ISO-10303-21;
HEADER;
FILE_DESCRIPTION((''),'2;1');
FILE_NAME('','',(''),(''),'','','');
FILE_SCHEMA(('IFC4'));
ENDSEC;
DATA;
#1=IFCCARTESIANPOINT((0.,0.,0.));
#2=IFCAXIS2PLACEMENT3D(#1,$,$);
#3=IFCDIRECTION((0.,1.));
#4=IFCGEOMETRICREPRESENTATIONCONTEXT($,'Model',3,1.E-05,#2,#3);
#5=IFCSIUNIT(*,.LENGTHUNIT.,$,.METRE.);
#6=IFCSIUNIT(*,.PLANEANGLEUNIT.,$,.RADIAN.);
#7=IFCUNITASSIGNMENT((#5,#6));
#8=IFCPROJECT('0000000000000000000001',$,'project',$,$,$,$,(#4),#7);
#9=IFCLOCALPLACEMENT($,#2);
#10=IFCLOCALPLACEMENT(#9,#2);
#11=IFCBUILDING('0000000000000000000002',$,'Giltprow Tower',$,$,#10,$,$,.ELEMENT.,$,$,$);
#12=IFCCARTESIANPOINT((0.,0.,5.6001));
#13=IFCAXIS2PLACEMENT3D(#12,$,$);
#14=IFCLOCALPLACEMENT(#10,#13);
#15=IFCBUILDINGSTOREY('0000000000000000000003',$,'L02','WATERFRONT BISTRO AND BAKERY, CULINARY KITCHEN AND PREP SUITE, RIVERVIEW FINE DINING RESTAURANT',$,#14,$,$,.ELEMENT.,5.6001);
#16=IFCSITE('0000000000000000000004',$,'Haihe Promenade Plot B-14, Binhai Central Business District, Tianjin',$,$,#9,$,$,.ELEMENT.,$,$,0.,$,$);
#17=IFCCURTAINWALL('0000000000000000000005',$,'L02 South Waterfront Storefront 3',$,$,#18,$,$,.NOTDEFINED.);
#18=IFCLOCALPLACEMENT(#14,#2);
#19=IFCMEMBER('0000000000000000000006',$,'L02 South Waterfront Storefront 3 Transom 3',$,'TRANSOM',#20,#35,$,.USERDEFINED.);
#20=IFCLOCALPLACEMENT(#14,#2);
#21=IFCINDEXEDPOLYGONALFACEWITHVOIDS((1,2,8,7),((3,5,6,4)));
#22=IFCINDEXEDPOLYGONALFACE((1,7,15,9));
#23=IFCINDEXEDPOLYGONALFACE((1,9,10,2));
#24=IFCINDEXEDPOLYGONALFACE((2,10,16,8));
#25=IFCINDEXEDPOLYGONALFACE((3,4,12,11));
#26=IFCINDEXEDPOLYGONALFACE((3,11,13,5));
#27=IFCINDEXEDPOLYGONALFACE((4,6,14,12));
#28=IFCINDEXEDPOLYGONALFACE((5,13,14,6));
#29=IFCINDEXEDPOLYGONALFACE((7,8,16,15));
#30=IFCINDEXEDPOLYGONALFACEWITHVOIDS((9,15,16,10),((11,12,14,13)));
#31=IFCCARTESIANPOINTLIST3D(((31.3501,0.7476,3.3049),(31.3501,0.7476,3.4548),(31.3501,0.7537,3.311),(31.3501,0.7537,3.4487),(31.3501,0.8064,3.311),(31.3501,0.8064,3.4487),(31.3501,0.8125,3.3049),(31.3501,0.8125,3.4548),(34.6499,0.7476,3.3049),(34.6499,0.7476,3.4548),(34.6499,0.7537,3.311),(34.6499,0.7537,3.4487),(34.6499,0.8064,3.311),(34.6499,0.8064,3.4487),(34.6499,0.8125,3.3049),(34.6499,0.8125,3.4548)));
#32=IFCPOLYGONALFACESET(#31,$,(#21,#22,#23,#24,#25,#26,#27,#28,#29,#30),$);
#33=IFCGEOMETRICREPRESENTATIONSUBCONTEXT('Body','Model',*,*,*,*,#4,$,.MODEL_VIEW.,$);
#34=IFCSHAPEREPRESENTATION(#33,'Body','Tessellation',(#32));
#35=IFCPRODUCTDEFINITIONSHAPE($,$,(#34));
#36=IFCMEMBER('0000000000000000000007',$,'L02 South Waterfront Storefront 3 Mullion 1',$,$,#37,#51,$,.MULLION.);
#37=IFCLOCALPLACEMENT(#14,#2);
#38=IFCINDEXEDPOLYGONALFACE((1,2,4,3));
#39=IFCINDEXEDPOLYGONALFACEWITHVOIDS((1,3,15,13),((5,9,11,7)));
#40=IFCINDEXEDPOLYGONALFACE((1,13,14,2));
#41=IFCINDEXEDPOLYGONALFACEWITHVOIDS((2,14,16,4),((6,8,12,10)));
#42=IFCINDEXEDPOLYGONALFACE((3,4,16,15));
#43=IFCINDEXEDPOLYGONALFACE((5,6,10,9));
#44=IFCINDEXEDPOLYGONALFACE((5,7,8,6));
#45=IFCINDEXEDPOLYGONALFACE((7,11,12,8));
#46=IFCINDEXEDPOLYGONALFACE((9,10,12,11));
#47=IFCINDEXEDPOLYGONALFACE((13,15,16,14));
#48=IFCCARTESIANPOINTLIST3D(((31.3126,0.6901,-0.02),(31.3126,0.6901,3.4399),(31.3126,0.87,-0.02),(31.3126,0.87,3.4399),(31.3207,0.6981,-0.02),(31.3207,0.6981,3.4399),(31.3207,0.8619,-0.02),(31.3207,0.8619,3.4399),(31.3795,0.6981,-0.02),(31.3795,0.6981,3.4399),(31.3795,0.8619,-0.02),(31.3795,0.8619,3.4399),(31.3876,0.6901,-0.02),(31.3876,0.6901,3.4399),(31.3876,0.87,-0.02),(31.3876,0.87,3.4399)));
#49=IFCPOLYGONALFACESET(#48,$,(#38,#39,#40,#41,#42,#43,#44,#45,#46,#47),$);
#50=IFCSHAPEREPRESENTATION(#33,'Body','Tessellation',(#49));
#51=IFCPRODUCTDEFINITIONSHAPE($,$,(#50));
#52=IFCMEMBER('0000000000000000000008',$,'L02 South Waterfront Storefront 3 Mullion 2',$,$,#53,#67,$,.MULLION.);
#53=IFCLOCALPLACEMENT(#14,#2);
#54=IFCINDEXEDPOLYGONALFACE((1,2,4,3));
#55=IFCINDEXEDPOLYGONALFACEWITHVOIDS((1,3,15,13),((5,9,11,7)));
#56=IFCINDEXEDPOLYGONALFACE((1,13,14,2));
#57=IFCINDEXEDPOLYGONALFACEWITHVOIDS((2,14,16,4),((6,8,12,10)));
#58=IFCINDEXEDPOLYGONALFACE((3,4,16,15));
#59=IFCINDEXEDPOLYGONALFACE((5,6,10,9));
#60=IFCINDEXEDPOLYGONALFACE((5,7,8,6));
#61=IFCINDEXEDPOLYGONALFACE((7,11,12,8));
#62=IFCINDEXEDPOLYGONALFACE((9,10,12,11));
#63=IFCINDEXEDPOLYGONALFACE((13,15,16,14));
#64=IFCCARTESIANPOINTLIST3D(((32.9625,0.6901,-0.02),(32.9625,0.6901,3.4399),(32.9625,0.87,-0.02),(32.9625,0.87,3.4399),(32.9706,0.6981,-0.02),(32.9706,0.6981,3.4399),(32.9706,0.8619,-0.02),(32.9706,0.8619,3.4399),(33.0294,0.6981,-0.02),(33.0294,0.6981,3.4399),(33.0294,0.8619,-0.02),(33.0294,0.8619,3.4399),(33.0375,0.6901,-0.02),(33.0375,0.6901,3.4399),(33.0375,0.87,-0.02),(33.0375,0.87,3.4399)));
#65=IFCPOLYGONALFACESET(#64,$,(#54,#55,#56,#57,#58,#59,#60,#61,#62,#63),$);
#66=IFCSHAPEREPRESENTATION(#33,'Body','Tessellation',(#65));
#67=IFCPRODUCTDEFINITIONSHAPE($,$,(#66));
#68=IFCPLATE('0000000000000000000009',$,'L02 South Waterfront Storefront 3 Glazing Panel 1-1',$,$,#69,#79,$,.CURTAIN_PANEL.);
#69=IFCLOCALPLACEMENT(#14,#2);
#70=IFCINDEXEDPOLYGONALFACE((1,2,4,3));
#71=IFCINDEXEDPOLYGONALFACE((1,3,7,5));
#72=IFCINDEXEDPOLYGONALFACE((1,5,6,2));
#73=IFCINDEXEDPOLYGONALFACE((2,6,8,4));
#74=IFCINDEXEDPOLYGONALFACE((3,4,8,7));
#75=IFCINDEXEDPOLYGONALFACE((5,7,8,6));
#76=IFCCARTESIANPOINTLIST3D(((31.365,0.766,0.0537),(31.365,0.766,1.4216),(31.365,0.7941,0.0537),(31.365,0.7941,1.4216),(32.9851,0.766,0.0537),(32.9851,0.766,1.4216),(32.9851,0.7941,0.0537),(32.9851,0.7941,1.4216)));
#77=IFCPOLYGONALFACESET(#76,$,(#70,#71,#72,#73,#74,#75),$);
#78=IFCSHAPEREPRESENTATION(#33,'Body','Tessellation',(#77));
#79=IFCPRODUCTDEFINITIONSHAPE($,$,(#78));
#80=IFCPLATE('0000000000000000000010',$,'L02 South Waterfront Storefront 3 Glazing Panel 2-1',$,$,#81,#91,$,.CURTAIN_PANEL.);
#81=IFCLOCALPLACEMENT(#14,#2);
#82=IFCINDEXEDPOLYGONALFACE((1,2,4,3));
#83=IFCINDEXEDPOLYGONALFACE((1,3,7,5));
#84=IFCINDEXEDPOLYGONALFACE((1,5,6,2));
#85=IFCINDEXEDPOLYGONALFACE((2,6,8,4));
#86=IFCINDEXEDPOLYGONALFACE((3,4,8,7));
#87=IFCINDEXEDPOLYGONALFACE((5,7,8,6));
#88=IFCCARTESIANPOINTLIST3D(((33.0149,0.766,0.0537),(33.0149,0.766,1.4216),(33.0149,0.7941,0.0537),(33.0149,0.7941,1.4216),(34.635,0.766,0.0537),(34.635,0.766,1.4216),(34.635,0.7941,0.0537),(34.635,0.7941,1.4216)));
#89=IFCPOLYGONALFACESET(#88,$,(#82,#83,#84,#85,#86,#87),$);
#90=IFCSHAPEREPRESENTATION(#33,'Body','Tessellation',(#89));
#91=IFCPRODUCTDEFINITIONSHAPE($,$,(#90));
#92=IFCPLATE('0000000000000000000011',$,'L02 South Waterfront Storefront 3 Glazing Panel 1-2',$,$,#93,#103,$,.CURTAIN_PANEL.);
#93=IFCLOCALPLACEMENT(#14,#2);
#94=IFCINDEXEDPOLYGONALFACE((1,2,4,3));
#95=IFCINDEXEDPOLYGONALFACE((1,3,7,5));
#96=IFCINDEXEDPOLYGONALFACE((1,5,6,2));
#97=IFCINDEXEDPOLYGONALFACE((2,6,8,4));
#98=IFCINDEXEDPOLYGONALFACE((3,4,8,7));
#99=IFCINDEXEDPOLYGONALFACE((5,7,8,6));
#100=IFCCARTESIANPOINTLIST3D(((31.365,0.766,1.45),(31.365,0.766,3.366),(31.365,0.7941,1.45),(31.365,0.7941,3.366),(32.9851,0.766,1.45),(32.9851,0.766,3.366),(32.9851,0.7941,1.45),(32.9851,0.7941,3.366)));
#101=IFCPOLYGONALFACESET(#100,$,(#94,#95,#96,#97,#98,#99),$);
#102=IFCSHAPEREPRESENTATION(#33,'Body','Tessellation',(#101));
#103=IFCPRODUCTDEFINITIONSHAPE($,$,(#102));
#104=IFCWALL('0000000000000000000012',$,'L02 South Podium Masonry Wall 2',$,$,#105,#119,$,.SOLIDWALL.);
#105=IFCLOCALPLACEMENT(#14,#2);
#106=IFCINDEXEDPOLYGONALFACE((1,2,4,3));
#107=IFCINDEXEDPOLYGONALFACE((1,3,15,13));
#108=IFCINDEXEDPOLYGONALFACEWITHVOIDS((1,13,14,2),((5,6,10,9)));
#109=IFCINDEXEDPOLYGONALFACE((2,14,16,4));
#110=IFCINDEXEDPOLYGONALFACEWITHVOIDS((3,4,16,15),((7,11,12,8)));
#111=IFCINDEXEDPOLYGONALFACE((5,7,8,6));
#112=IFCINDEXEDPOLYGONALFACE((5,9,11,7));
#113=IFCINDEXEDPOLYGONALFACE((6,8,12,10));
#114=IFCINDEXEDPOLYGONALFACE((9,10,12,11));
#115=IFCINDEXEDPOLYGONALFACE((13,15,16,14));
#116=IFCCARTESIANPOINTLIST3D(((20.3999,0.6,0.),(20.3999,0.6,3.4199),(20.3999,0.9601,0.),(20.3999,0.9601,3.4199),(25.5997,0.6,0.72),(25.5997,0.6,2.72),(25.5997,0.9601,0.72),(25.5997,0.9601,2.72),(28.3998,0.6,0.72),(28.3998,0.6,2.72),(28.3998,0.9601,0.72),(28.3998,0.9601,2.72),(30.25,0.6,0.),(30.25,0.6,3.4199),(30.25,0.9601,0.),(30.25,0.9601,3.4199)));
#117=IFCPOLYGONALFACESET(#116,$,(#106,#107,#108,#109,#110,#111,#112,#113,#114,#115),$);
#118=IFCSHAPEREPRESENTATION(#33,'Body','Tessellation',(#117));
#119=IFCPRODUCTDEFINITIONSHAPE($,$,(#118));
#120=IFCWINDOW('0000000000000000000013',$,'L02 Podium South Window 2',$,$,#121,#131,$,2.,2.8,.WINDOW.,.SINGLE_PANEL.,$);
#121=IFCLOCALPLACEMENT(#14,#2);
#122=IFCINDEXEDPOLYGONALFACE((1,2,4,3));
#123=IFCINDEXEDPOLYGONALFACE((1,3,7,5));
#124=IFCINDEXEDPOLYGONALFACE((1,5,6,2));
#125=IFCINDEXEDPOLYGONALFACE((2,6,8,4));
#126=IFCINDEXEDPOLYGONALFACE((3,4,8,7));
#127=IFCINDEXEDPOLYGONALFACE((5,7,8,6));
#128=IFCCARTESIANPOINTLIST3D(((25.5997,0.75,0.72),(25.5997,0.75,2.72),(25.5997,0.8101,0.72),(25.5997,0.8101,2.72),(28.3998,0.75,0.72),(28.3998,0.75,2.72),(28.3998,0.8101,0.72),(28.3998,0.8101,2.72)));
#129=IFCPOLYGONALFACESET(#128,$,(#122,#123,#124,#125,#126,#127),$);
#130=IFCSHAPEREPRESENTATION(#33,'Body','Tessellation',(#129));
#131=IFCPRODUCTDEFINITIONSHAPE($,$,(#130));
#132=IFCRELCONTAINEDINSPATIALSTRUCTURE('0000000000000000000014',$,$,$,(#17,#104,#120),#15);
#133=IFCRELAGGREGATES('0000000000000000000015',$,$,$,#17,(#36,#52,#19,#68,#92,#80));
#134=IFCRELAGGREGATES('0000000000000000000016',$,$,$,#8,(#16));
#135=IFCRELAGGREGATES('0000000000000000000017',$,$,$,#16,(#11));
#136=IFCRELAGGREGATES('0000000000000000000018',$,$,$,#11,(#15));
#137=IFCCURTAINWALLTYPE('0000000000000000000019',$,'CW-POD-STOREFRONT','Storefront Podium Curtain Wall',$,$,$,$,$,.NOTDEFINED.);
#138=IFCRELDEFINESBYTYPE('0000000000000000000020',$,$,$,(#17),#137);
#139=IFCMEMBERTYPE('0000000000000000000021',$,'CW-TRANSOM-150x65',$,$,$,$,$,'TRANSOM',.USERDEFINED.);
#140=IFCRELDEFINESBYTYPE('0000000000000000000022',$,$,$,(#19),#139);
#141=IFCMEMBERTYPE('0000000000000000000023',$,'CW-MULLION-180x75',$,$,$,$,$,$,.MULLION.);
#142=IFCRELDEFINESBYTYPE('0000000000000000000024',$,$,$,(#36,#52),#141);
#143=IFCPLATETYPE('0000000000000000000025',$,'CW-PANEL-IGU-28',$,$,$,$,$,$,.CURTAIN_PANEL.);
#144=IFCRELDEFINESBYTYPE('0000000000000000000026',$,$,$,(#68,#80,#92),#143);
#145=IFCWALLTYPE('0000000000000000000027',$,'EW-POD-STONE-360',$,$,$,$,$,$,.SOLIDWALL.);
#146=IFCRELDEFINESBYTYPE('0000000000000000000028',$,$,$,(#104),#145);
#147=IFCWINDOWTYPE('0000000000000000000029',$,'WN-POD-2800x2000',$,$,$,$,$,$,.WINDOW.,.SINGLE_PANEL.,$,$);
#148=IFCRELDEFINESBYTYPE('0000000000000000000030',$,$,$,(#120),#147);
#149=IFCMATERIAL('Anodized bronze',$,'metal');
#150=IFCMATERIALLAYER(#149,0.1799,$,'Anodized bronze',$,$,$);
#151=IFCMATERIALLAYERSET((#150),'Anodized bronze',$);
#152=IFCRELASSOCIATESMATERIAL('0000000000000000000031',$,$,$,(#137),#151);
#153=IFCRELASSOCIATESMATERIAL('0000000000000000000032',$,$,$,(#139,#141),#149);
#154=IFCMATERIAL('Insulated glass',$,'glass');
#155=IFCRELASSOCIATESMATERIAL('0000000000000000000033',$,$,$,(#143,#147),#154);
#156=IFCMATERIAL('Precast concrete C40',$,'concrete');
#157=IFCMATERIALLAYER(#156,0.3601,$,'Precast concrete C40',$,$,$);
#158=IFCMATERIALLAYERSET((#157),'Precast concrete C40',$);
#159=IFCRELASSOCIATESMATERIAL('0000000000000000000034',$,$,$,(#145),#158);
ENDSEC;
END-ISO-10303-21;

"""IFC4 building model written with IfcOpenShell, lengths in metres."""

from ifc_helpers import new_model, si_unit, direction, frame, frame_2d, origin, origin_2d, place, context, subcontext, project, spatial, rectangle, hollow_rectangle, extrude, source, transform, mapped, material, layer, layer_set, material_profile, profile_set, type_object, element, fill, aggregate, save


model = new_model("IFC4")

# Units and contexts
model_context = context("Model", 3, precision=1e-05, world=origin(), true_north=direction((0.0, 1.0)))
body_context = subcontext(model_context, "Body", "Model", "MODEL_VIEW")
ifc_project = project(units=[si_unit("LENGTHUNIT", "METRE"), si_unit("PLANEANGLEUNIT", "RADIAN")], contexts=[model_context])

# Site, building, storey
site_placement = place(None, origin())
site = spatial("IfcSite", under=ifc_project, at=site_placement, Name="Haihe Promenade Plot B-14, Binhai Central Business District, Tianjin", CompositionType="ELEMENT", RefElevation=0.0)
building_placement = place(site_placement, origin())
building = spatial("IfcBuilding", under=site, at=building_placement, Name="Giltprow Tower", CompositionType="ELEMENT")
storey_placement = place(building_placement, frame((0.0, 0.0, 5.6001)))
storey = spatial("IfcBuildingStorey", under=building, at=storey_placement, Name="L02", Description="WATERFRONT BISTRO AND BAKERY, CULINARY KITCHEN AND PREP SUITE, RIVERVIEW FINE DINING RESTAURANT", CompositionType="ELEMENT", Elevation=5.6001)

# Curtain wall, members, plates
ifc_material_1 = material(Name="Anodized bronze", Category="metal")
ifc_layer_1 = layer(ifc_material_1, 0.1799, Name="Anodized bronze")
ifc_layer_set_1 = layer_set([ifc_layer_1], Name="Anodized bronze")
curtain_wall_type = type_object("IfcCurtainWallType", Name="CW-POD-STOREFRONT", Description="Storefront Podium Curtain Wall", PredefinedType="NOTDEFINED", material=ifc_layer_set_1)
curtain_wall_placement = place(storey_placement, origin())
curtain_wall = element("IfcCurtainWall", 1, at=curtain_wall_placement, inside=storey, type_object=curtain_wall_type, Name="L02 South Waterfront Storefront 3", PredefinedType="NOTDEFINED")
ifc_material_profile_1 = material_profile(ifc_material_1, hollow_rectangle(XDim=0.0649, YDim=0.1499, WallThickness=0.0061, at=origin_2d()), Name="RHS 150x65x6")
ifc_profile_set_1 = profile_set([ifc_material_profile_1], Name="Anodized bronze")
member_type_1 = type_object("IfcMemberType", Name="CW-TRANSOM-150x65", ElementType="TRANSOM", PredefinedType="USERDEFINED", material=ifc_profile_set_1)
shared_shape_1 = source(origin(), body_context, "Body", "SweptSolid", [
    extrude(hollow_rectangle(XDim=0.0649, YDim=0.1499, WallThickness=0.0061, at=origin_2d()), origin(), (0.0, 0.0, 1.0), 3.2998),
])
member_1_placement = place(storey_placement, frame((31.3501, 0.78, 3.3799), z_axis=(1.0, 0.0, 0.0), x_axis=(0.0, 1.0, 0.0)))
member_1 = element("IfcMember", 2, at=member_1_placement, type_object=member_type_1, Name="L02 South Waterfront Storefront 3 Transom 3", ObjectType="TRANSOM", PredefinedType="USERDEFINED", context=body_context, shape_type="MappedRepresentation", body=[
    mapped(shared_shape_1, transform((0.0, 0.0, 0.0), x_axis=(1.0, 0.0, 0.0), y_axis=(0.0, 1.0, 0.0), z_axis=(0.0, 0.0, 1.0), scale=1.0)),
])
ifc_material_profile_2 = material_profile(ifc_material_1, hollow_rectangle(XDim=0.075, YDim=0.1799, WallThickness=0.0081, at=origin_2d()), Name="RHS 180x75x8")
ifc_profile_set_2 = profile_set([ifc_material_profile_2], Name="Anodized bronze")
member_type_2 = type_object("IfcMemberType", Name="CW-MULLION-180x75", PredefinedType="MULLION", material=ifc_profile_set_2)
shared_shape_2 = source(origin(), body_context, "Body", "SweptSolid", [
    extrude(hollow_rectangle(XDim=0.075, YDim=0.1799, WallThickness=0.0081, at=origin_2d()), origin(), (0.0, 0.0, 1.0), 3.46),
])
member_2_placement = place(storey_placement, frame((31.3501, 0.78, -0.02), z_axis=(0.0, 0.0, 1.0), x_axis=(1.0, 0.0, 0.0)))
member_2 = element("IfcMember", 3, at=member_2_placement, type_object=member_type_2, Name="L02 South Waterfront Storefront 3 Mullion 1", PredefinedType="MULLION", context=body_context, shape_type="MappedRepresentation", body=[
    mapped(shared_shape_2, transform((0.0, 0.0, 0.0), x_axis=(1.0, 0.0, 0.0), y_axis=(0.0, 1.0, 0.0), z_axis=(0.0, 0.0, 1.0), scale=1.0)),
])
member_3_placement = place(storey_placement, frame((33.0, 0.78, -0.02), z_axis=(0.0, 0.0, 1.0), x_axis=(1.0, 0.0, 0.0)))
member_3 = element("IfcMember", 4, at=member_3_placement, type_object=member_type_2, Name="L02 South Waterfront Storefront 3 Mullion 2", PredefinedType="MULLION", context=body_context, shape_type="MappedRepresentation", body=[
    mapped(shared_shape_2, transform((0.0, 0.0, 0.0), x_axis=(1.0, 0.0, 0.0), y_axis=(0.0, 1.0, 0.0), z_axis=(0.0, 0.0, 1.0), scale=1.0)),
])
ifc_material_2 = material(Name="Insulated glass", Category="glass")
plate_type = type_object("IfcPlateType", Name="CW-PANEL-IGU-28", PredefinedType="CURTAIN_PANEL", material=ifc_material_2)
shared_shape_3 = source(origin(), body_context, "Body", "SweptSolid", [
    extrude(rectangle(XDim=1.6201, YDim=0.0281, at=origin_2d()), origin(), (0.0, 0.0, 1.0), 1.3679),
])
plate_1_placement = place(storey_placement, frame((32.175, 0.78, 0.0537), z_axis=(0.0, 0.0, 1.0), x_axis=(1.0, 0.0, 0.0)))
plate_1 = element("IfcPlate", 5, at=plate_1_placement, type_object=plate_type, Name="L02 South Waterfront Storefront 3 Glazing Panel 1-1", PredefinedType="CURTAIN_PANEL", context=body_context, shape_type="MappedRepresentation", body=[
    mapped(shared_shape_3, transform((0.0, 0.0, 0.0), x_axis=(1.0, 0.0, 0.0), y_axis=(0.0, 1.0, 0.0), z_axis=(0.0, 0.0, 1.0), scale=1.0)),
])
plate_2_placement = place(storey_placement, frame((33.825, 0.78, 0.0537), z_axis=(0.0, 0.0, 1.0), x_axis=(1.0, 0.0, 0.0)))
plate_2 = element("IfcPlate", 6, at=plate_2_placement, type_object=plate_type, Name="L02 South Waterfront Storefront 3 Glazing Panel 2-1", PredefinedType="CURTAIN_PANEL", context=body_context, shape_type="MappedRepresentation", body=[
    mapped(shared_shape_3, transform((0.0, 0.0, 0.0), x_axis=(1.0, 0.0, 0.0), y_axis=(0.0, 1.0, 0.0), z_axis=(0.0, 0.0, 1.0), scale=1.0)),
])
shared_shape_4 = source(origin(), body_context, "Body", "SweptSolid", [
    extrude(rectangle(XDim=1.6201, YDim=0.0281, at=origin_2d()), origin(), (0.0, 0.0, 1.0), 1.916),
])
plate_3_placement = place(storey_placement, frame((32.175, 0.78, 1.45), z_axis=(0.0, 0.0, 1.0), x_axis=(1.0, 0.0, 0.0)))
plate_3 = element("IfcPlate", 7, at=plate_3_placement, type_object=plate_type, Name="L02 South Waterfront Storefront 3 Glazing Panel 1-2", PredefinedType="CURTAIN_PANEL", context=body_context, shape_type="MappedRepresentation", body=[
    mapped(shared_shape_4, transform((0.0, 0.0, 0.0), x_axis=(1.0, 0.0, 0.0), y_axis=(0.0, 1.0, 0.0), z_axis=(0.0, 0.0, 1.0), scale=1.0)),
])
aggregate(curtain_wall, [member_2, member_3, member_1, plate_1, plate_3, plate_2])

# Wall, opening, window
ifc_material_3 = material(Name="Precast concrete C40", Category="concrete")
ifc_layer_2 = layer(ifc_material_3, 0.3601, Name="Precast concrete C40")
ifc_layer_set_2 = layer_set([ifc_layer_2], Name="Precast concrete C40")
wall_type_1 = type_object("IfcWallType", Name="EW-POD-STONE-360", PredefinedType="SOLIDWALL", material=ifc_layer_set_2)
wall_1_placement = place(storey_placement, frame((20.3999, 0.78, 0.0), z_axis=(0.0, 0.0, 1.0), x_axis=(1.0, 0.0, 0.0)))
wall_1 = element("IfcWall", 8, at=wall_1_placement, inside=storey, type_object=wall_type_1, Name="L02 South Podium Masonry Wall 2", PredefinedType="SOLIDWALL", context=body_context, shape_type="SweptSolid", body=[
    extrude(rectangle(XDim=9.8501, YDim=0.3601, at=frame_2d((4.925, 0.0))), origin(), (0.0, 0.0, 1.0), 3.4199),
])
opening_1_placement = place(wall_1_placement, frame((5.2, 0.0, 0.72)))
opening_1 = element("IfcOpeningElement", 9, at=opening_1_placement, cuts=wall_1, PredefinedType="OPENING", context=body_context, shape_type="SweptSolid", body=[
    extrude(rectangle(XDim=2.8, YDim=2.0, at=frame_2d((1.3999, 1.0))), frame((0.0, 0.1899, 0.0), z_axis=(0.0, -1.0, 0.0), x_axis=(1.0, 0.0, 0.0)), (0.0, 0.0, 1.0), 0.3801),
])
window_type = type_object("IfcWindowType", Name="WN-POD-2800x2000", PartitioningType="SINGLE_PANEL", PredefinedType="WINDOW", material=ifc_material_2)
shared_shape_5 = source(origin(), body_context, "Body", "SweptSolid", [
    extrude(rectangle(XDim=2.8, YDim=2.0, at=frame_2d((1.3999, 1.0))), frame((0.0, 0.03, 0.0), z_axis=(0.0, -1.0, 0.0), x_axis=(1.0, 0.0, 0.0)), (0.0, 0.0, 1.0), 0.0601),
])
window_placement = place(opening_1_placement, origin())
window = element("IfcWindow", 10, at=window_placement, inside=storey, type_object=window_type, Name="L02 Podium South Window 2", OverallHeight=2.0, OverallWidth=2.8, PartitioningType="SINGLE_PANEL", PredefinedType="WINDOW", context=body_context, shape_type="MappedRepresentation", body=[
    mapped(shared_shape_5, transform((0.0, 0.0, 0.0), x_axis=(1.0, 0.0, 0.0), y_axis=(0.0, 1.0, 0.0), z_axis=(0.0, 0.0, 1.0), scale=1.0)),
])
fill(opening_1, window)

save(model, "model.ifc")
